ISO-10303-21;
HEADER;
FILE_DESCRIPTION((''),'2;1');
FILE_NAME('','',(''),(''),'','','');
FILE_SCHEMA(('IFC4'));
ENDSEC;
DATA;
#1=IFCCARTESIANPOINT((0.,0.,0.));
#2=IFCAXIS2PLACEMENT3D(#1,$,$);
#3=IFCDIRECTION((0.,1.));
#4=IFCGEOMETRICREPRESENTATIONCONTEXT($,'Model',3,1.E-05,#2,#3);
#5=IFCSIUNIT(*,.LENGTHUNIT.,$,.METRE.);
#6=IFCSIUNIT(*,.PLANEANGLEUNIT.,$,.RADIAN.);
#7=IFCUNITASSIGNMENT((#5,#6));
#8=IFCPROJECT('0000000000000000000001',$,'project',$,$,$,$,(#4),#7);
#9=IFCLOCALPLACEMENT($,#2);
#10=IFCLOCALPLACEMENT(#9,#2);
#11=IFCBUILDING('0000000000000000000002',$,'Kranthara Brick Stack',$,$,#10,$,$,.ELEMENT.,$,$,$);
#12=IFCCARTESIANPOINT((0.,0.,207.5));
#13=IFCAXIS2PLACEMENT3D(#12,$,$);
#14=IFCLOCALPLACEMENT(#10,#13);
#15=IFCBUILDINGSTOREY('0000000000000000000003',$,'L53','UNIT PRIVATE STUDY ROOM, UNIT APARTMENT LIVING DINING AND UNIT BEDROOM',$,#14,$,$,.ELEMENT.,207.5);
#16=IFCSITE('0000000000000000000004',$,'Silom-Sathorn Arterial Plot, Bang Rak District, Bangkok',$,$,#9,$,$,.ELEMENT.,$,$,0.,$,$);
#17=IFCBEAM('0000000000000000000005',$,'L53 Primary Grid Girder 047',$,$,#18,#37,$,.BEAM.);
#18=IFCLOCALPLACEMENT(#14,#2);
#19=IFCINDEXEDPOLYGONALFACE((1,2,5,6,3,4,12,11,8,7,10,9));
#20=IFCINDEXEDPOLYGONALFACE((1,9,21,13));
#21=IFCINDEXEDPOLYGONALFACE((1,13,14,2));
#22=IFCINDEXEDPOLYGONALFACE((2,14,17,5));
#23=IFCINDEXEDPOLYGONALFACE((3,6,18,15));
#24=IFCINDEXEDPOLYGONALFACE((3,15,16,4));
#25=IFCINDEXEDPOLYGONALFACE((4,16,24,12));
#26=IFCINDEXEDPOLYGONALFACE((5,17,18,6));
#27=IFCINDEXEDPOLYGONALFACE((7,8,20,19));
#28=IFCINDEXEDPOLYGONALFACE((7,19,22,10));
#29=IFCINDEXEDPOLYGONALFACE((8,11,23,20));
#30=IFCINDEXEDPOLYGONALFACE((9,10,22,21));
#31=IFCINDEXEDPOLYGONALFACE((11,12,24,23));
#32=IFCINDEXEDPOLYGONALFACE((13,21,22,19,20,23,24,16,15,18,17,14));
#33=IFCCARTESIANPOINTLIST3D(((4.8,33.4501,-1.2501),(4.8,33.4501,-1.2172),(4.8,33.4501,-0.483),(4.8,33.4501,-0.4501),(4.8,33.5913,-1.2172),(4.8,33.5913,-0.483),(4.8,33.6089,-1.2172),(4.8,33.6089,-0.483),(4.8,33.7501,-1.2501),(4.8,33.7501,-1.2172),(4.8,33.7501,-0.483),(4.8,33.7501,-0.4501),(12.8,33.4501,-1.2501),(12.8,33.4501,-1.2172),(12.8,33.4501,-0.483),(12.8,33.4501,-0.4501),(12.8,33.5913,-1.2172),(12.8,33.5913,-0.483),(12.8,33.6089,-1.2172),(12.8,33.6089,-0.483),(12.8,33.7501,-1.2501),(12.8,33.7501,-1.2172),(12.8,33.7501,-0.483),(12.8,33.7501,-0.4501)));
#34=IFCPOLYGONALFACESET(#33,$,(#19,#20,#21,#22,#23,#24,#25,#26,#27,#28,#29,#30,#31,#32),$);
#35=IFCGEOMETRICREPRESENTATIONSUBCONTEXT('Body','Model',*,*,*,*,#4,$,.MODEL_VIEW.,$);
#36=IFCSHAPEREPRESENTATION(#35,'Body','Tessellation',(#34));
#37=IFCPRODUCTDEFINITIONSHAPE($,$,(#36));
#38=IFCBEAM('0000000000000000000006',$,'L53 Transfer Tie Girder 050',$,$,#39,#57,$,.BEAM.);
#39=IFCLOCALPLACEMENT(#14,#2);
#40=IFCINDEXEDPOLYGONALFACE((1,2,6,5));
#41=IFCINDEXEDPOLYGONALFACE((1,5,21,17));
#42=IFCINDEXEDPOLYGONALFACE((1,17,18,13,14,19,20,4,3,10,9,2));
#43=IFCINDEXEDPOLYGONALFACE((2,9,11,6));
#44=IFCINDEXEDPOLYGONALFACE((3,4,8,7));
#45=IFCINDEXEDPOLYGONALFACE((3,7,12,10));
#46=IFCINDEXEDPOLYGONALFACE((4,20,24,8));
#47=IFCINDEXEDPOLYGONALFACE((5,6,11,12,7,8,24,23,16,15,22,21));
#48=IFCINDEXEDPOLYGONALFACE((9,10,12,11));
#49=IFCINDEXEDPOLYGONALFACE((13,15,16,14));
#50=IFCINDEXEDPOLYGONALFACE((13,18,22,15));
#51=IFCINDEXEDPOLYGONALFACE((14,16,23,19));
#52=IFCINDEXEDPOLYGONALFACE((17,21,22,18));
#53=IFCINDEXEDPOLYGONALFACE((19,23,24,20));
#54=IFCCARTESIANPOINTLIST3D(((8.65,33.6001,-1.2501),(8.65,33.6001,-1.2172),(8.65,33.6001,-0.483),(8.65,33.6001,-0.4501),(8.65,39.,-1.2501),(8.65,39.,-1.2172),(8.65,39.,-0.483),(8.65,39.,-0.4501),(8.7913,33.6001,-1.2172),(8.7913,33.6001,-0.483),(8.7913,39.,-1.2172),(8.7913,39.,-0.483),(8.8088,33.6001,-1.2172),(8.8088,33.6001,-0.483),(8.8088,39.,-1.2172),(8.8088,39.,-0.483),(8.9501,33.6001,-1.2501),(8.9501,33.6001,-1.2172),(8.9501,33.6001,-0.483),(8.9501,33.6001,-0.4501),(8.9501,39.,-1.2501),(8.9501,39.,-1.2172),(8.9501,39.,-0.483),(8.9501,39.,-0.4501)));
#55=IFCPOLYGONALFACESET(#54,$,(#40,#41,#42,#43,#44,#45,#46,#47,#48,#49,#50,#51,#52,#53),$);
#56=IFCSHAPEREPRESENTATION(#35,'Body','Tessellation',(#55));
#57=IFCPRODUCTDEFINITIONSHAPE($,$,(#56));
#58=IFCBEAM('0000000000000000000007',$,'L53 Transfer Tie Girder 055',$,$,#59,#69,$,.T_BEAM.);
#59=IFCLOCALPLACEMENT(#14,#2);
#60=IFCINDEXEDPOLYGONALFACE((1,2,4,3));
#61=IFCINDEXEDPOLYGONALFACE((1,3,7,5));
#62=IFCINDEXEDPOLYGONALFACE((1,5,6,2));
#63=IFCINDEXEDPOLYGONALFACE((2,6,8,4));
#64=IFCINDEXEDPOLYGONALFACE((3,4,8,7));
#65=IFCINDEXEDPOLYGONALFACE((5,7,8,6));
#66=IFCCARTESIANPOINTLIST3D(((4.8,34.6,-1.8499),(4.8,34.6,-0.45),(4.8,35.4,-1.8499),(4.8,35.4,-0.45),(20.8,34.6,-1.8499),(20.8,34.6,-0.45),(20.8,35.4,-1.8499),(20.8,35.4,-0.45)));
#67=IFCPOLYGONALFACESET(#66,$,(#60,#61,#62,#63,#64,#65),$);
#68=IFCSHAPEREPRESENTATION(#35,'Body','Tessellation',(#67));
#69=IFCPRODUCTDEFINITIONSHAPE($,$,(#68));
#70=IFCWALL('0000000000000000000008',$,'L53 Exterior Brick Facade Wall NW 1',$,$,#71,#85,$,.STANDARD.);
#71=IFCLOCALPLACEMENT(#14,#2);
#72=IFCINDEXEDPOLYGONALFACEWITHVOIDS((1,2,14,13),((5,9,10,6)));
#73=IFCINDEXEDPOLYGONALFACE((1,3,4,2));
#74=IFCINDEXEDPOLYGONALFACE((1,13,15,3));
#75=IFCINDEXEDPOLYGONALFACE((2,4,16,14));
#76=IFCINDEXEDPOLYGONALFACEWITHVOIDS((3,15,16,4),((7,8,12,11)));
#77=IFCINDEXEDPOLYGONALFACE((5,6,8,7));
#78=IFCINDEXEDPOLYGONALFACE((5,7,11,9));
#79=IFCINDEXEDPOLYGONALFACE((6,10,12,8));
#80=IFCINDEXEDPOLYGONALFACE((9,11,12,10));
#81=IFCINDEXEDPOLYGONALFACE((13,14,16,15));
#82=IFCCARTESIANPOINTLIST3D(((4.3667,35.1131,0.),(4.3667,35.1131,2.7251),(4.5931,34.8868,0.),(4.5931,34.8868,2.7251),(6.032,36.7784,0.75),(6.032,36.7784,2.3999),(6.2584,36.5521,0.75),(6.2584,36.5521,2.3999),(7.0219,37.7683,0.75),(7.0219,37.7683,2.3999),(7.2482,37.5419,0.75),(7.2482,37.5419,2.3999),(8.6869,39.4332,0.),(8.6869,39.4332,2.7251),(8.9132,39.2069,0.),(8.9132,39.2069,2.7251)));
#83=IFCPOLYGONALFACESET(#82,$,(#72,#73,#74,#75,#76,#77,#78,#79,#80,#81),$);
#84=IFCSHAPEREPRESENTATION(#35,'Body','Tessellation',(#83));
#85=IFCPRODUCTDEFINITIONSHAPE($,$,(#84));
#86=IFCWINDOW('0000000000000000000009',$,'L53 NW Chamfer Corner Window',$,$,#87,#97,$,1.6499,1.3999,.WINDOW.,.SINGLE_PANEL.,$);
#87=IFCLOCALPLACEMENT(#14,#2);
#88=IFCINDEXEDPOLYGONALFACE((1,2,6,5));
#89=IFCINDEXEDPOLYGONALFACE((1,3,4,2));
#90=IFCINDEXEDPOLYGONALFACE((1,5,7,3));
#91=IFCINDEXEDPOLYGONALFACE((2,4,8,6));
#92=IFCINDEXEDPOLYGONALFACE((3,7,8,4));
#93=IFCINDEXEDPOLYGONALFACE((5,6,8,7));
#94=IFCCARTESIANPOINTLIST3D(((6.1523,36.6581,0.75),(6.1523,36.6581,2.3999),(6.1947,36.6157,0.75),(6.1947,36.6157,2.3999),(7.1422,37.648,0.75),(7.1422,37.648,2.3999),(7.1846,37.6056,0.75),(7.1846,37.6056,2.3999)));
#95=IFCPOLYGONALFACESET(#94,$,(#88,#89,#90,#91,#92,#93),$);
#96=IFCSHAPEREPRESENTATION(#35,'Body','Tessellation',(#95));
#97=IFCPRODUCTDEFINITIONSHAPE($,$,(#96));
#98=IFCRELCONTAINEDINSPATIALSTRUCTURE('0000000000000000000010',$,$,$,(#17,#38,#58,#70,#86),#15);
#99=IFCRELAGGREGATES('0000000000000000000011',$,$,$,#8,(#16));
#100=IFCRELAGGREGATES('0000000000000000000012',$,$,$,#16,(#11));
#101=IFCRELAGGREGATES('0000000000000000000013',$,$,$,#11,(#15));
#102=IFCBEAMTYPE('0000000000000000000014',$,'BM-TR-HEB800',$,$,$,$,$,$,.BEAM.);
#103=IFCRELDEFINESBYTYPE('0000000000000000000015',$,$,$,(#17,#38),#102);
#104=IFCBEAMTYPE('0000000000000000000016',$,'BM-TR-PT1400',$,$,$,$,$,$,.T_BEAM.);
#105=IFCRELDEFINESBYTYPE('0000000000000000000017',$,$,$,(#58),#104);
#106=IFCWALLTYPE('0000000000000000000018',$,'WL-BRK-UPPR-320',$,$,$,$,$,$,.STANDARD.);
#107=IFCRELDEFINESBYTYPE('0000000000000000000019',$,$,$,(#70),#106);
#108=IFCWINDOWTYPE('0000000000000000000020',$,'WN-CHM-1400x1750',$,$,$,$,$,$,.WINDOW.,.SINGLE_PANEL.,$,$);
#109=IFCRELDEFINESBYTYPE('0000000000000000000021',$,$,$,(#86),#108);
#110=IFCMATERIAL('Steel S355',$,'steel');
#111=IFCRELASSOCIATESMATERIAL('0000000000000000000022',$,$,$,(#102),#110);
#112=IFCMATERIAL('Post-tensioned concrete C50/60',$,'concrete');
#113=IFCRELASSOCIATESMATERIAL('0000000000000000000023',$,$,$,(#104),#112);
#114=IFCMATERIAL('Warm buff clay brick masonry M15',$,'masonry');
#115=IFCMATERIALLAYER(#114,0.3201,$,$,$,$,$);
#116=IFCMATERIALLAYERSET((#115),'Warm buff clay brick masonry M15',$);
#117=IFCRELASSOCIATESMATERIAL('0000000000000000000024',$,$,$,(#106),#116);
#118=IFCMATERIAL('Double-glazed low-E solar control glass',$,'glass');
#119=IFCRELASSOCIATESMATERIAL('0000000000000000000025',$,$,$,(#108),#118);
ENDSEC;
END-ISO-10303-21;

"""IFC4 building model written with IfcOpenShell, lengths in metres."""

from ifc_helpers import new_model, si_unit, direction, frame, frame_2d, origin, origin_2d, place, context, subcontext, project, spatial, rectangle, i_section, extrude, material, layer, layer_set, material_profile, profile_set, type_object, element, fill, save


model = new_model("IFC4")

# Units and contexts
model_context = context("Model", 3, precision=1e-05, world=origin(), true_north=direction((0.0, 1.0)))
body_context = subcontext(model_context, "Body", "Model", "MODEL_VIEW")
ifc_project = project(units=[si_unit("LENGTHUNIT", "METRE"), si_unit("PLANEANGLEUNIT", "RADIAN")], contexts=[model_context])

# Site, building, storey
site_placement = place(None, origin())
site = spatial("IfcSite", under=ifc_project, at=site_placement, Name="Silom-Sathorn Arterial Plot, Bang Rak District, Bangkok", CompositionType="ELEMENT", RefElevation=0.0)
building_placement = place(site_placement, origin())
building = spatial("IfcBuilding", under=site, at=building_placement, Name="Kranthara Brick Stack", CompositionType="ELEMENT")
storey_placement = place(building_placement, frame((0.0, 0.0, 207.5)))
storey = spatial("IfcBuildingStorey", under=building, at=storey_placement, Name="L53", Description="UNIT PRIVATE STUDY ROOM, UNIT APARTMENT LIVING DINING AND UNIT BEDROOM", CompositionType="ELEMENT", Elevation=207.5)

# Beams
ifc_material_1 = material(Name="Steel S355", Category="steel")
ifc_material_profile_1 = material_profile(ifc_material_1, i_section(OverallWidth=0.3, OverallDepth=0.8, WebThickness=0.0176, FlangeThickness=0.033, at=origin_2d()), Name="HEB 800")
ifc_profile_set_1 = profile_set([ifc_material_profile_1], Name="Steel S355")
beam_type_1 = type_object("IfcBeamType", Name="BM-TR-HEB800", PredefinedType="BEAM", material=ifc_profile_set_1)
beam_1_placement = place(storey_placement, frame((4.8, 33.6001, -0.8501), z_axis=(1.0, 0.0, 0.0), x_axis=(0.0, 1.0, 0.0)))
element("IfcBeam", 1, at=beam_1_placement, inside=storey, type_object=beam_type_1, Name="L53 Primary Grid Girder 047", PredefinedType="BEAM", context=body_context, shape_type="SweptSolid", body=[
    extrude(i_section(OverallWidth=0.3, OverallDepth=0.8, WebThickness=0.0176, FlangeThickness=0.033, at=origin_2d()), origin(), (0.0, 0.0, 1.0), 8.0),
])
beam_2_placement = place(storey_placement, frame((8.8, 39.0, -0.8501), z_axis=(0.0, -1.0, 0.0), x_axis=(1.0, 0.0, 0.0)))
element("IfcBeam", 2, at=beam_2_placement, inside=storey, type_object=beam_type_1, Name="L53 Transfer Tie Girder 050", PredefinedType="BEAM", context=body_context, shape_type="SweptSolid", body=[
    extrude(i_section(OverallWidth=0.3, OverallDepth=0.8, WebThickness=0.0176, FlangeThickness=0.033, at=origin_2d()), origin(), (0.0, 0.0, 1.0), 5.3999),
])
ifc_material_2 = material(Name="Post-tensioned concrete C50/60", Category="concrete")
ifc_material_profile_2 = material_profile(ifc_material_2, rectangle(XDim=0.8, YDim=1.3999, at=origin_2d()), Name="PT 800x1400")
ifc_profile_set_2 = profile_set([ifc_material_profile_2], Name="Post-tensioned concrete C50/60")
beam_type_2 = type_object("IfcBeamType", Name="BM-TR-PT1400", PredefinedType="T_BEAM", material=ifc_profile_set_2)
beam_3_placement = place(storey_placement, frame((4.8, 35.0, -1.1499), z_axis=(1.0, 0.0, 0.0), x_axis=(0.0, 1.0, 0.0)))
element("IfcBeam", 3, at=beam_3_placement, inside=storey, type_object=beam_type_2, Name="L53 Transfer Tie Girder 055", PredefinedType="T_BEAM", context=body_context, shape_type="SweptSolid", body=[
    extrude(rectangle(XDim=0.8, YDim=1.3999, at=origin_2d()), origin(), (0.0, 0.0, 1.0), 16.0),
])

# Wall, opening, window
ifc_material_3 = material(Name="Warm buff clay brick masonry M15", Category="masonry")
ifc_layer_1 = layer(ifc_material_3, 0.3201)
ifc_layer_set_1 = layer_set([ifc_layer_1], Name="Warm buff clay brick masonry M15")
wall_type_1 = type_object("IfcWallType", Name="WL-BRK-UPPR-320", PredefinedType="STANDARD", material=ifc_layer_set_1)
wall_1_placement = place(storey_placement, frame((4.48, 35.0, 0.0), z_axis=(0.0, 0.0, 1.0), x_axis=(0.707107, 0.707107, 0.0)))
wall_1 = element("IfcWall", 4, at=wall_1_placement, inside=storey, type_object=wall_type_1, Name="L53 Exterior Brick Facade Wall NW 1", PredefinedType="STANDARD", context=body_context, shape_type="SweptSolid", body=[
    extrude(rectangle(XDim=6.1096, YDim=0.3201, at=frame_2d((3.0547, 0.0))), origin(), (0.0, 0.0, 1.0), 2.7251),
])
opening_1_placement = place(wall_1_placement, frame((2.355, 0.0, 0.75)))
opening_1 = element("IfcOpeningElement", 5, at=opening_1_placement, cuts=wall_1, PredefinedType="OPENING", context=body_context, shape_type="SweptSolid", body=[
    extrude(rectangle(XDim=1.3999, YDim=1.6499, at=frame_2d((0.7, 0.825))), frame((0.0, 0.1699, 0.0), z_axis=(0.0, -1.0, 0.0), x_axis=(1.0, 0.0, 0.0)), (0.0, 0.0, 1.0), 0.3401),
])
ifc_material_4 = material(Name="Double-glazed low-E solar control glass", Category="glass")
window_type_1 = type_object("IfcWindowType", Name="WN-CHM-1400x1750", PartitioningType="SINGLE_PANEL", PredefinedType="WINDOW", material=ifc_material_4)
window_1_placement = place(opening_1_placement, origin())
window_1 = element("IfcWindow", 6, at=window_1_placement, inside=storey, type_object=window_type_1, Name="L53 NW Chamfer Corner Window", OverallHeight=1.6499, OverallWidth=1.3999, PartitioningType="SINGLE_PANEL", PredefinedType="WINDOW", context=body_context, shape_type="SweptSolid", body=[
    extrude(rectangle(XDim=1.3999, YDim=1.6499, at=frame_2d((0.7, 0.825))), frame((0.0, -0.01, 0.0), z_axis=(0.0, -1.0, 0.0), x_axis=(1.0, 0.0, 0.0)), (0.0, 0.0, 1.0), 0.0601),
])
fill(opening_1, window_1)

save(model, "model.ifc")
